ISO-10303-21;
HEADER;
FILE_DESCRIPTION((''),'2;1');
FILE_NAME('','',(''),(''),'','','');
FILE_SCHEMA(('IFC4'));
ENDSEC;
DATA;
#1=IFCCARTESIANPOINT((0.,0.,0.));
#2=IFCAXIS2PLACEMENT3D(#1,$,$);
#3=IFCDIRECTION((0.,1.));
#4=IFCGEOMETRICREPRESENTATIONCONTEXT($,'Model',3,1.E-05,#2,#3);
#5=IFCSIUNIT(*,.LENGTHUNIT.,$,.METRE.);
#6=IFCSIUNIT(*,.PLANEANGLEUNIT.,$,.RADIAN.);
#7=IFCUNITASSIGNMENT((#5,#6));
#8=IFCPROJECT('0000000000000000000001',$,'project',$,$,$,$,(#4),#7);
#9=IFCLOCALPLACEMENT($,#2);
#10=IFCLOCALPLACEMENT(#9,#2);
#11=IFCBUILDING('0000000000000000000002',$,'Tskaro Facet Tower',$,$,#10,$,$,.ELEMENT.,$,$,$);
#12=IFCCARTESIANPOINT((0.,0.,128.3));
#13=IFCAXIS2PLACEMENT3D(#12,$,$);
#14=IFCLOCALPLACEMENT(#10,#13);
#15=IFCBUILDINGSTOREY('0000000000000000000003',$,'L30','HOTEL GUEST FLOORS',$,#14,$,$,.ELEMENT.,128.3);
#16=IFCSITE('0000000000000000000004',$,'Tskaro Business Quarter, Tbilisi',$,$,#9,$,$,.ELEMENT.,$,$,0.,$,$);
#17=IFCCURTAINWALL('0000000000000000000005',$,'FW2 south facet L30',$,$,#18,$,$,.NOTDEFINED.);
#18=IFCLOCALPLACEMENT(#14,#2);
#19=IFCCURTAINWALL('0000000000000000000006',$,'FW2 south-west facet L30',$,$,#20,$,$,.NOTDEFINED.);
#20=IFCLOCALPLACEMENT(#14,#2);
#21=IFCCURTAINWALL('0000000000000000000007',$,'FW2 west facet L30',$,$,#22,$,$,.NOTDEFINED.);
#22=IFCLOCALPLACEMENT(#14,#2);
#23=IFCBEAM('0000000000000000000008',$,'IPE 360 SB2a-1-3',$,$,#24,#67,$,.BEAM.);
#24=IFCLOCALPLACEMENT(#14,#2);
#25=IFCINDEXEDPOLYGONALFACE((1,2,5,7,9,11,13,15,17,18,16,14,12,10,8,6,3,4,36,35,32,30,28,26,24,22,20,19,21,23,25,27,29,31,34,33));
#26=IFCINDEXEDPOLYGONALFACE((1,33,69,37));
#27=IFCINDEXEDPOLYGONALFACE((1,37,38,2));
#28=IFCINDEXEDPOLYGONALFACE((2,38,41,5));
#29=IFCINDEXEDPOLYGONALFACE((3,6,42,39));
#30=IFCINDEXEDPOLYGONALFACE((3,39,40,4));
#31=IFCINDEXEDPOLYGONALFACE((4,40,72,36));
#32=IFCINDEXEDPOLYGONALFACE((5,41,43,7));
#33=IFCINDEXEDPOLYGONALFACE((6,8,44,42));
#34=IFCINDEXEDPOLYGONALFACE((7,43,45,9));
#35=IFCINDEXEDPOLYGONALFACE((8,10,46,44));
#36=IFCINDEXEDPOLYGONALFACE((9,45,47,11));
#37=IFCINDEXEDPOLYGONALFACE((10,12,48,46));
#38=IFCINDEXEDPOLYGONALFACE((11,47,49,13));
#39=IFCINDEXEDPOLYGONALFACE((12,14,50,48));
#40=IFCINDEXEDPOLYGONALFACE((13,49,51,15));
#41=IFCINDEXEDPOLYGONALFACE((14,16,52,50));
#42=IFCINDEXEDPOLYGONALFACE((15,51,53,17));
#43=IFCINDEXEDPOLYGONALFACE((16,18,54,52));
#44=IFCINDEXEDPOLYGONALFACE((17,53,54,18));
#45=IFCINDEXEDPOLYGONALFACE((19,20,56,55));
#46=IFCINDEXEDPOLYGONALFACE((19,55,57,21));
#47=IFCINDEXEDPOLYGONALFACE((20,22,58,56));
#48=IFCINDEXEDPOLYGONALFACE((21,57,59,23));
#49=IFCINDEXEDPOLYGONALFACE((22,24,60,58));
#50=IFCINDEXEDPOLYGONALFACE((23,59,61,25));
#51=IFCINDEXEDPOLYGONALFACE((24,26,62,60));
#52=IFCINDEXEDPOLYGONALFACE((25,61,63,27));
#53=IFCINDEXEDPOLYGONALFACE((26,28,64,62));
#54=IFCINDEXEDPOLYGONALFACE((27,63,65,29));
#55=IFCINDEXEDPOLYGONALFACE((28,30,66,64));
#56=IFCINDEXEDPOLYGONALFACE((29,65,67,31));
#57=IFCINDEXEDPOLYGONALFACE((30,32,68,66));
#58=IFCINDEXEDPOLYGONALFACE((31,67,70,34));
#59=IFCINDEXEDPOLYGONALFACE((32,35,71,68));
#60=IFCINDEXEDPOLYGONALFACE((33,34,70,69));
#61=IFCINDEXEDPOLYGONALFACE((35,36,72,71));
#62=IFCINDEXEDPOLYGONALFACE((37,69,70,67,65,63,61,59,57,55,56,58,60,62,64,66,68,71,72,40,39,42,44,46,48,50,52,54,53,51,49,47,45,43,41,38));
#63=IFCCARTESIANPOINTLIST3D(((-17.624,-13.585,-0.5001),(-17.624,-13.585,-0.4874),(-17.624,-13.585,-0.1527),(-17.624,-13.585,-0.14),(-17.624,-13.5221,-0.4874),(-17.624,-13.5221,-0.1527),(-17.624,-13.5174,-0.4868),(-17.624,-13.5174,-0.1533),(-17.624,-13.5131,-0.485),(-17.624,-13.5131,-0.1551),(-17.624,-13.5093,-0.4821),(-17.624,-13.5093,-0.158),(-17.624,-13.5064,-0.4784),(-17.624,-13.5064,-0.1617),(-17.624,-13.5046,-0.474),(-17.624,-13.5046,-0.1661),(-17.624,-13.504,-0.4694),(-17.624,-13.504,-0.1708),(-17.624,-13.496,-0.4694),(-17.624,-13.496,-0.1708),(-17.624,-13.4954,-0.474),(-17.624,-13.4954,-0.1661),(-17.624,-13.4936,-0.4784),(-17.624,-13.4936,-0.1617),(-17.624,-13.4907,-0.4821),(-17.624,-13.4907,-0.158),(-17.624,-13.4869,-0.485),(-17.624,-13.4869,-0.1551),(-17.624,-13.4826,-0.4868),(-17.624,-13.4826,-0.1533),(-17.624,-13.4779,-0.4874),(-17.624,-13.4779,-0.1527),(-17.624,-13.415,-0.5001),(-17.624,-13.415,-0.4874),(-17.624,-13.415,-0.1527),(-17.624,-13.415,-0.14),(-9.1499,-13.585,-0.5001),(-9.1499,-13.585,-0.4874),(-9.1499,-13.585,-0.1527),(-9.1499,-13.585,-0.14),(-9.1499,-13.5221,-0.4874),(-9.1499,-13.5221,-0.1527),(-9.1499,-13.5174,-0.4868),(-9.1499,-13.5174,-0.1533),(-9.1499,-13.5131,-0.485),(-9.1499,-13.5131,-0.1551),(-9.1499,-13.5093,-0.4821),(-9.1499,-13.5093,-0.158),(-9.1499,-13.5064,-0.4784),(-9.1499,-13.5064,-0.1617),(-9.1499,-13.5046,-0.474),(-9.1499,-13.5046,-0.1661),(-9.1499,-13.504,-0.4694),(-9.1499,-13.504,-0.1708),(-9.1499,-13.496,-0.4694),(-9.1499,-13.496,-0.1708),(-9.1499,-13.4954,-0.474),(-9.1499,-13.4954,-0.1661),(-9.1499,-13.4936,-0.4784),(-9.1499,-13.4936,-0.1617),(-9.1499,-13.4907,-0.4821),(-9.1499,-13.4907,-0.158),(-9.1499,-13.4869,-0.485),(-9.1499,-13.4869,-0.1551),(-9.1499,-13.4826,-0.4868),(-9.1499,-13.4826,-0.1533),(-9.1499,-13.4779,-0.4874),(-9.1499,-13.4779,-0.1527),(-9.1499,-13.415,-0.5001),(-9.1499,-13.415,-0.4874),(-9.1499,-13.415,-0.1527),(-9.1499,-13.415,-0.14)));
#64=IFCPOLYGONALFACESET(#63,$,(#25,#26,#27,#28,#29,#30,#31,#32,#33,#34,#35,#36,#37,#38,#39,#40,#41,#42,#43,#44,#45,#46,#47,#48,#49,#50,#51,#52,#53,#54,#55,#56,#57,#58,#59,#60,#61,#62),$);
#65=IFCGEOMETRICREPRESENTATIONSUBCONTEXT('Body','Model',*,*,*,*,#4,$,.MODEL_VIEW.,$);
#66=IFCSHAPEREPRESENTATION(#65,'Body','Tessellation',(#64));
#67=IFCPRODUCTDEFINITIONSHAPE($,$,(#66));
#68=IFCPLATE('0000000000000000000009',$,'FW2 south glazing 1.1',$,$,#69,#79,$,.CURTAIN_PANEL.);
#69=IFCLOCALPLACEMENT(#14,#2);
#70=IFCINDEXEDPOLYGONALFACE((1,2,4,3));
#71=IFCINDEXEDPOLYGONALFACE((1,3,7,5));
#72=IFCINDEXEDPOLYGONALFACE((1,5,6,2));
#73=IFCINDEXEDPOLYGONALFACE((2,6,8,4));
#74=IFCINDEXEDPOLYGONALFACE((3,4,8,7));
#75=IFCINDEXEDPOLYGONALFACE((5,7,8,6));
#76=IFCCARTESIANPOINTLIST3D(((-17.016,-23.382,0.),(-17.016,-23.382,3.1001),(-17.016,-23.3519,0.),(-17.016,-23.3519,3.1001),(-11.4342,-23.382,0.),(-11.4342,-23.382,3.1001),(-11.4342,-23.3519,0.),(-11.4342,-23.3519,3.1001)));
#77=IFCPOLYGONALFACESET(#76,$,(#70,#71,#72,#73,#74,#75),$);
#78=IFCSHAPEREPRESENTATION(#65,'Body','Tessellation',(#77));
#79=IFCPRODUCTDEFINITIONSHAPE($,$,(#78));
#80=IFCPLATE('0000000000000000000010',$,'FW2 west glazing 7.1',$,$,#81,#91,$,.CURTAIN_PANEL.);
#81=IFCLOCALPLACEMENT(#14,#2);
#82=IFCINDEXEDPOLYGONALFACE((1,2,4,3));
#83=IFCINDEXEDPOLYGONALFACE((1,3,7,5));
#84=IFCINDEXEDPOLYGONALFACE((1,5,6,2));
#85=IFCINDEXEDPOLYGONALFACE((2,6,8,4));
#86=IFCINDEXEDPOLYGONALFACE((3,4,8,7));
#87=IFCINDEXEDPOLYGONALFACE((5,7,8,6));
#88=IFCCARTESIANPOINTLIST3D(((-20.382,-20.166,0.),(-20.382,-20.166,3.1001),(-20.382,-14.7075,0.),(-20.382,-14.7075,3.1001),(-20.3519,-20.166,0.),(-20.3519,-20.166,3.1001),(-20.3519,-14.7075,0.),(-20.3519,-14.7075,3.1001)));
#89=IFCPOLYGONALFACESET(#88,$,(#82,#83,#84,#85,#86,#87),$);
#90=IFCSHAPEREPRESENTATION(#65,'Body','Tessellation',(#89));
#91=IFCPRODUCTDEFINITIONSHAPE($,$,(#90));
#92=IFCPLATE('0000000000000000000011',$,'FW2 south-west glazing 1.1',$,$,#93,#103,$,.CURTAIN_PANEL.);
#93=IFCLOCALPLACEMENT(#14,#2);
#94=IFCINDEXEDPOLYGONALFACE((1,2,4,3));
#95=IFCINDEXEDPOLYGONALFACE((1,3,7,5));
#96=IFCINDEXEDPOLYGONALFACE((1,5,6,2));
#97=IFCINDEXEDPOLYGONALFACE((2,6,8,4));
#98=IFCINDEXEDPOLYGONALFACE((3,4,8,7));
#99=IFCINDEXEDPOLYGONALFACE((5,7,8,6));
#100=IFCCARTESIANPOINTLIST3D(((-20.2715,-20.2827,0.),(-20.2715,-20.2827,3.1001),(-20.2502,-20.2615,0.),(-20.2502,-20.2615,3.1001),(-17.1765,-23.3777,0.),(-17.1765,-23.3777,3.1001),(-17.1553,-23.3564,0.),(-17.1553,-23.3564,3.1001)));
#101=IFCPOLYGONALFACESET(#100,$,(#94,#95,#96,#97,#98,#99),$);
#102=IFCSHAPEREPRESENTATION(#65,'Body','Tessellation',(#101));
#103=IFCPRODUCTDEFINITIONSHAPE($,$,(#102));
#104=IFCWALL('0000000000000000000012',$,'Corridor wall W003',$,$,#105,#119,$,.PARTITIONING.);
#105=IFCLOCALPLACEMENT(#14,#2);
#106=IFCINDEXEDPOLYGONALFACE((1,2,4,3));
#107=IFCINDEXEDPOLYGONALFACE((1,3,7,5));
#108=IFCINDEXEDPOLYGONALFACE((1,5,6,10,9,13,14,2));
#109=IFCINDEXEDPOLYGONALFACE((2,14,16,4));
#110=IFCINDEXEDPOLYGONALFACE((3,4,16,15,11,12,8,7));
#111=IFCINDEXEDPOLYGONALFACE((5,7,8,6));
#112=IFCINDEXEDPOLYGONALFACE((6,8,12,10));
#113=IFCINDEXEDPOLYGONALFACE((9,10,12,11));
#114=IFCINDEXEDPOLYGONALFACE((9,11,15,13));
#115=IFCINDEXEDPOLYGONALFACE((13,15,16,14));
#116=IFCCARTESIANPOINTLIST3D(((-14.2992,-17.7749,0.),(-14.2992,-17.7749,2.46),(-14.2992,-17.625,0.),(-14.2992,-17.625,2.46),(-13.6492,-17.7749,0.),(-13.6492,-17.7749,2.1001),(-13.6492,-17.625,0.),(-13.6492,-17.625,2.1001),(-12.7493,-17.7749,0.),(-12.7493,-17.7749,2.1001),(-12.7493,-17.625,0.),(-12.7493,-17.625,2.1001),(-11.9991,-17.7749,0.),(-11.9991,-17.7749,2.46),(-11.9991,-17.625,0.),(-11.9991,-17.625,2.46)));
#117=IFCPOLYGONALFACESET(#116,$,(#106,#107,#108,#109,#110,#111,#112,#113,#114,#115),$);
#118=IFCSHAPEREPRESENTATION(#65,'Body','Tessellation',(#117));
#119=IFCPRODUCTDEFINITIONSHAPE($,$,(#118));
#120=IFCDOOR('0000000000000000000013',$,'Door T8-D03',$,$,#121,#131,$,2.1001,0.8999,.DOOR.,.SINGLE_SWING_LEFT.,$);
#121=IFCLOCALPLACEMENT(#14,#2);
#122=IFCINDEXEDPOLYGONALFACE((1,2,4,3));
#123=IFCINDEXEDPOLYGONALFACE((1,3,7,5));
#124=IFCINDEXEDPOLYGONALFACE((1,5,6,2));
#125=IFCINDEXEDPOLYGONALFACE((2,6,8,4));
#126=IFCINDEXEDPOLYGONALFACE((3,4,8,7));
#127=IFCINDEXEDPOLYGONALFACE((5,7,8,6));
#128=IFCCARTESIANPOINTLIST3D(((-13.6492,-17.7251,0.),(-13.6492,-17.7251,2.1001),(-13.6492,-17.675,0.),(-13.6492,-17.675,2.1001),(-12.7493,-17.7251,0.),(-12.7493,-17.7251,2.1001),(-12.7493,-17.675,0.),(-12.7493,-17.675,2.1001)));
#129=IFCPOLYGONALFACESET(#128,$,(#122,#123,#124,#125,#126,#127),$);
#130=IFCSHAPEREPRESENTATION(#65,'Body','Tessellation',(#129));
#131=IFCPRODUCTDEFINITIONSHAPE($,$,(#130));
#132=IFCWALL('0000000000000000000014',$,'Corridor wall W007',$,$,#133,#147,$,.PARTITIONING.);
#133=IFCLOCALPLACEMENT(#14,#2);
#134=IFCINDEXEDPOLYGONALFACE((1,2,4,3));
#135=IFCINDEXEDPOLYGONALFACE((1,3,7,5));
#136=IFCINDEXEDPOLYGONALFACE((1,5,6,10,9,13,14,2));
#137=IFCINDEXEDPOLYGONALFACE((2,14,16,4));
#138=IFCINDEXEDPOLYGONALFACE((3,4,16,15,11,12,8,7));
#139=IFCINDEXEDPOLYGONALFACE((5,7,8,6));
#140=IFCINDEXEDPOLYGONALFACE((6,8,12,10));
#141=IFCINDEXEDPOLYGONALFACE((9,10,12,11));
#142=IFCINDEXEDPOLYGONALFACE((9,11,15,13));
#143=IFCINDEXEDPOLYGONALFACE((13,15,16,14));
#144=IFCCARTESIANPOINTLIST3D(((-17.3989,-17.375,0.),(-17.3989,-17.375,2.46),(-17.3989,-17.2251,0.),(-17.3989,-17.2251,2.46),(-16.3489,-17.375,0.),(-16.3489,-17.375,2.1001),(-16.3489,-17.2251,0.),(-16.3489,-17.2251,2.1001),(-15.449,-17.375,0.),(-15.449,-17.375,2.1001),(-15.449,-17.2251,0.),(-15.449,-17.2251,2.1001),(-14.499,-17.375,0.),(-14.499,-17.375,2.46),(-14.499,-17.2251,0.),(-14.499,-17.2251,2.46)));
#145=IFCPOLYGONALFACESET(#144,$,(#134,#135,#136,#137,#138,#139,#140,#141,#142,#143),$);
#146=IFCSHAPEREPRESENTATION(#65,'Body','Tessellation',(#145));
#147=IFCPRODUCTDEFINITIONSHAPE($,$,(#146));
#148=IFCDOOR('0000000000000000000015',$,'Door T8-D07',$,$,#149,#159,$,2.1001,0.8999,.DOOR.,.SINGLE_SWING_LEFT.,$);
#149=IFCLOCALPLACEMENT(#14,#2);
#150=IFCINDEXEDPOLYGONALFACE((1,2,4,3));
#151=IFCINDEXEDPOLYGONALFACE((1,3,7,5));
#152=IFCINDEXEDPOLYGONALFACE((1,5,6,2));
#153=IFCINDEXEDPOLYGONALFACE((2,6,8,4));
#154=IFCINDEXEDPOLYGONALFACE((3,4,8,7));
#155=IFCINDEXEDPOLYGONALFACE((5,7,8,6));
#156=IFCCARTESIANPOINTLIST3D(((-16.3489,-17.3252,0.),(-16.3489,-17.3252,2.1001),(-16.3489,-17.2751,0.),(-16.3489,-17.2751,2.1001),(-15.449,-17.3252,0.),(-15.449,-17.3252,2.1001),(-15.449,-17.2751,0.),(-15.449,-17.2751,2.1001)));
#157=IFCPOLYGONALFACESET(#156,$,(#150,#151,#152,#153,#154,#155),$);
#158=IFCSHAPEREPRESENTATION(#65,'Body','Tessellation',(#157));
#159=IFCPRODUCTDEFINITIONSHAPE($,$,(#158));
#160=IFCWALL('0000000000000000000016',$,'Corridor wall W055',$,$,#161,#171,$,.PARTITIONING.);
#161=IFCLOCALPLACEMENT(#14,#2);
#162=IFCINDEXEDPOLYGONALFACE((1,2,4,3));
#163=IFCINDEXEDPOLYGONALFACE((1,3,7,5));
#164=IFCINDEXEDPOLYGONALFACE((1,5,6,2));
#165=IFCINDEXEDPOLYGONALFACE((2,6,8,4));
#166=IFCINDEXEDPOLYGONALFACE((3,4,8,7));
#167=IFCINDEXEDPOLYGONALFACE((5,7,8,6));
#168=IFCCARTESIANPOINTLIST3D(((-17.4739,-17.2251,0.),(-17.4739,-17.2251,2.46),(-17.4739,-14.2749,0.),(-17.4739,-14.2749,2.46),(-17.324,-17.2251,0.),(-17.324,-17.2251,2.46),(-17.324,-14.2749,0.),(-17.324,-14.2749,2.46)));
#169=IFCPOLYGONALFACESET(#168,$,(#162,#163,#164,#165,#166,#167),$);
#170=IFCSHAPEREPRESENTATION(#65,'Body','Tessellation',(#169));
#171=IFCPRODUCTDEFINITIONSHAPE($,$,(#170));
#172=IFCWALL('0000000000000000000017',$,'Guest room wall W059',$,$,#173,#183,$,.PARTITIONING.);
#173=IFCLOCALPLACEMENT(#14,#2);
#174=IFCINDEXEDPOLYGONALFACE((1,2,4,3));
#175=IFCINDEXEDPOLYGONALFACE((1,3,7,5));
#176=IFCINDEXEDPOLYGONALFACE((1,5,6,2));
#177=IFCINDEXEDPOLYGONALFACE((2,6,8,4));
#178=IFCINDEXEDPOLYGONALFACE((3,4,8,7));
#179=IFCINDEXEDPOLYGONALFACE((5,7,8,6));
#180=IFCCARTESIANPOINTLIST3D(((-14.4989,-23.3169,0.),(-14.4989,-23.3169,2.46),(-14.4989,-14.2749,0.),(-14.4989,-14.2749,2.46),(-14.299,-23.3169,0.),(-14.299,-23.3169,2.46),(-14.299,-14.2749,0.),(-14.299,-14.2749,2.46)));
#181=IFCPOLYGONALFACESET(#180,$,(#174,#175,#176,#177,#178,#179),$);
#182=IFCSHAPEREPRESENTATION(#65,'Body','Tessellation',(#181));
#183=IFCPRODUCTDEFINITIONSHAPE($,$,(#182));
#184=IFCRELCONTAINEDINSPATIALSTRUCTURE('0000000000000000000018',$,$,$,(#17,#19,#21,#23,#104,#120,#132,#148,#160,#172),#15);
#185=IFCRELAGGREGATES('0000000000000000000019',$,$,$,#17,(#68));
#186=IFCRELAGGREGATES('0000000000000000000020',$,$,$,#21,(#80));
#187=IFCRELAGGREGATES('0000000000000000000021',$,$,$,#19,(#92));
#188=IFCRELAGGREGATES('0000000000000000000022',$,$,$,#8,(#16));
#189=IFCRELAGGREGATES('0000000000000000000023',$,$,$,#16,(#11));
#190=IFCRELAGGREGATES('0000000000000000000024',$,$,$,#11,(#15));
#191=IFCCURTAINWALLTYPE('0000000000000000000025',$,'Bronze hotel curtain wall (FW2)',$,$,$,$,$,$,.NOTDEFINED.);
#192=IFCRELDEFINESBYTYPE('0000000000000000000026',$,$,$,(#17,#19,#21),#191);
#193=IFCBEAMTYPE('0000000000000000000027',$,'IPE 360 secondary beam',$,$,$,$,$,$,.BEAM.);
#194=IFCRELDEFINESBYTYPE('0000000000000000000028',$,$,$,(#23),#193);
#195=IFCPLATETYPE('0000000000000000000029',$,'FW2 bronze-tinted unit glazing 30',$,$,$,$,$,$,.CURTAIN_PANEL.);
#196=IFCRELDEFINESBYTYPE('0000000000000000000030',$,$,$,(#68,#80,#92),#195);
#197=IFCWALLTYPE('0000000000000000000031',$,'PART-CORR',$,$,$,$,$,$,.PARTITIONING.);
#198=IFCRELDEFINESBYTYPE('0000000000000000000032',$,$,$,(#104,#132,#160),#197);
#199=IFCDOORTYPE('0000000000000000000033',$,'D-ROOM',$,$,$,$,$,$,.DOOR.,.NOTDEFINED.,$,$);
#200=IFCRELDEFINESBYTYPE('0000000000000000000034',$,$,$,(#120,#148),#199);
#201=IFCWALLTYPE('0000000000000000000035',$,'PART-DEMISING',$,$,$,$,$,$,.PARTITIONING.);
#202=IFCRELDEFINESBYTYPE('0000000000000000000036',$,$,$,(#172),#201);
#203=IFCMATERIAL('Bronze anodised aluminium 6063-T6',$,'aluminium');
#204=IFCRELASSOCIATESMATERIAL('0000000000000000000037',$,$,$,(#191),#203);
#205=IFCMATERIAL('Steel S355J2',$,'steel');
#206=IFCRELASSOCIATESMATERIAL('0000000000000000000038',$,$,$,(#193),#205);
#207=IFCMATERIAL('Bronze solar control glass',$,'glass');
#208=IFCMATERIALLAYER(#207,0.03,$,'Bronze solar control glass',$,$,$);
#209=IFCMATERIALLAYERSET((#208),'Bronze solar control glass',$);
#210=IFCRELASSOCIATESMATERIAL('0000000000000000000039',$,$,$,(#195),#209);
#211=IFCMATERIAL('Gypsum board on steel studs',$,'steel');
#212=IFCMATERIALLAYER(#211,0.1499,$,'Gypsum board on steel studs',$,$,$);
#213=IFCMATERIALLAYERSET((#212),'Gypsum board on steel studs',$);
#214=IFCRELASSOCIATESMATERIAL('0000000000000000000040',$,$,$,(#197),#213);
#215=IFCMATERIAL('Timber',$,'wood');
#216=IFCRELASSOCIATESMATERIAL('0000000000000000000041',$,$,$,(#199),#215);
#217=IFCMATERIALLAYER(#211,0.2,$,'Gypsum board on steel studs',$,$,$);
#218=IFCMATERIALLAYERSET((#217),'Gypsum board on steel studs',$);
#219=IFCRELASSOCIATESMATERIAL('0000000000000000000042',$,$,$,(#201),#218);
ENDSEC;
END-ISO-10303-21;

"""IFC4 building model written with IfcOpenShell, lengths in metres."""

from ifc_helpers import new_model, si_unit, direction, frame, frame_2d, origin, origin_2d, place, context, subcontext, project, spatial, rectangle, i_section, extrude, material, layer, layer_set, material_profile, profile_set, type_object, element, fill, aggregate, save


model = new_model("IFC4")

# Units and contexts
model_context = context("Model", 3, precision=1e-05, world=origin(), true_north=direction((0.0, 1.0)))
body_context = subcontext(model_context, "Body", "Model", "MODEL_VIEW")
ifc_project = project(units=[si_unit("LENGTHUNIT", "METRE"), si_unit("PLANEANGLEUNIT", "RADIAN")], contexts=[model_context])

# Site, building, storey
site_placement = place(None, origin())
site = spatial("IfcSite", under=ifc_project, at=site_placement, Name="Tskaro Business Quarter, Tbilisi", CompositionType="ELEMENT", RefElevation=0.0)
building_placement = place(site_placement, origin())
building = spatial("IfcBuilding", under=site, at=building_placement, Name="Tskaro Facet Tower", CompositionType="ELEMENT")
storey_placement = place(building_placement, frame((0.0, 0.0, 128.3)))
storey = spatial("IfcBuildingStorey", under=building, at=storey_placement, Name="L30", Description="HOTEL GUEST FLOORS", CompositionType="ELEMENT", Elevation=128.3)

# Curtain walls
ifc_material_1 = material(Name="Bronze anodised aluminium 6063-T6", Category="aluminium")
curtain_wall_type = type_object("IfcCurtainWallType", Name="Bronze hotel curtain wall (FW2)", PredefinedType="NOTDEFINED", material=ifc_material_1)
curtain_wall_1_placement = place(storey_placement, origin())
curtain_wall_1 = element("IfcCurtainWall", 1, at=curtain_wall_1_placement, inside=storey, type_object=curtain_wall_type, Name="FW2 south facet L30", PredefinedType="NOTDEFINED")
curtain_wall_2_placement = place(storey_placement, origin())
curtain_wall_2 = element("IfcCurtainWall", 2, at=curtain_wall_2_placement, inside=storey, type_object=curtain_wall_type, Name="FW2 south-west facet L30", PredefinedType="NOTDEFINED")
curtain_wall_3_placement = place(storey_placement, origin())
curtain_wall_3 = element("IfcCurtainWall", 3, at=curtain_wall_3_placement, inside=storey, type_object=curtain_wall_type, Name="FW2 west facet L30", PredefinedType="NOTDEFINED")

# Beam
ifc_material_2 = material(Name="Steel S355J2", Category="steel")
ifc_material_profile_1 = material_profile(ifc_material_2, i_section(OverallWidth=0.1699, OverallDepth=0.3601, WebThickness=0.0081, FlangeThickness=0.0127, FilletRadius=0.0181, at=origin_2d()), Name="IPE 360")
ifc_profile_set_1 = profile_set([ifc_material_profile_1], Name="Steel S355J2")
beam_type_1 = type_object("IfcBeamType", Name="IPE 360 secondary beam", PredefinedType="BEAM", material=ifc_profile_set_1)
beam_1_placement = place(storey_placement, frame((-17.624, -13.5, -0.3201), z_axis=(1.0, 0.0, 0.0), x_axis=(0.0, 1.0, 0.0)))
element("IfcBeam", 4, at=beam_1_placement, inside=storey, type_object=beam_type_1, Name="IPE 360 SB2a-1-3", PredefinedType="BEAM", context=body_context, shape_type="SweptSolid", body=[
    extrude(i_section(OverallWidth=0.1699, OverallDepth=0.3601, WebThickness=0.0081, FlangeThickness=0.0127, FilletRadius=0.0181, at=origin_2d()), origin(), (0.0, 0.0, 1.0), 8.4741),
])

# Plates
ifc_material_3 = material(Name="Bronze solar control glass", Category="glass")
ifc_layer_1 = layer(ifc_material_3, 0.03, Name="Bronze solar control glass")
ifc_layer_set_1 = layer_set([ifc_layer_1], Name="Bronze solar control glass")
plate_type = type_object("IfcPlateType", Name="FW2 bronze-tinted unit glazing 30", PredefinedType="CURTAIN_PANEL", material=ifc_layer_set_1)
plate_1_placement = place(storey_placement, frame((-14.2251, -23.3669, 0.0), z_axis=(0.0, 0.0, 1.0), x_axis=(1.0, 0.0, 0.0)))
plate_1 = element("IfcPlate", 5, at=plate_1_placement, type_object=plate_type, Name="FW2 south glazing 1.1", PredefinedType="CURTAIN_PANEL", context=body_context, shape_type="SweptSolid", body=[
    extrude(rectangle(XDim=5.5818, YDim=0.03, at=origin_2d()), origin(), (0.0, 0.0, 1.0), 3.1001),
])
aggregate(curtain_wall_1, [plate_1])
plate_2_placement = place(storey_placement, frame((-20.3669, -17.4368, 0.0), z_axis=(0.0, 0.0, 1.0), x_axis=(0.0, -1.0, 0.0)))
plate_2 = element("IfcPlate", 6, at=plate_2_placement, type_object=plate_type, Name="FW2 west glazing 7.1", PredefinedType="CURTAIN_PANEL", context=body_context, shape_type="SweptSolid", body=[
    extrude(rectangle(XDim=5.4585, YDim=0.03, at=origin_2d()), origin(), (0.0, 0.0, 1.0), 3.1001),
])
aggregate(curtain_wall_3, [plate_2])
plate_3_placement = place(storey_placement, frame((-18.7134, -21.8196, 0.0), z_axis=(0.0, 0.0, 1.0), x_axis=(0.707107, -0.707107, 0.0)))
plate_3 = element("IfcPlate", 7, at=plate_3_placement, type_object=plate_type, Name="FW2 south-west glazing 1.1", PredefinedType="CURTAIN_PANEL", context=body_context, shape_type="SweptSolid", body=[
    extrude(rectangle(XDim=4.377, YDim=0.03, at=origin_2d()), origin(), (0.0, 0.0, 1.0), 3.1001),
])
aggregate(curtain_wall_2, [plate_3])

# Walls, openings, doors
ifc_material_4 = material(Name="Gypsum board on steel studs", Category="steel")
ifc_layer_2 = layer(ifc_material_4, 0.1499, Name="Gypsum board on steel studs")
ifc_layer_set_2 = layer_set([ifc_layer_2], Name="Gypsum board on steel studs")
wall_type_1 = type_object("IfcWallType", Name="PART-CORR", PredefinedType="PARTITIONING", material=ifc_layer_set_2)
wall_1_placement = place(storey_placement, frame((-14.2991, -17.7, 0.0), z_axis=(0.0, 0.0, 1.0), x_axis=(1.0, 0.0, 0.0)))
wall_1 = element("IfcWall", 8, at=wall_1_placement, inside=storey, type_object=wall_type_1, Name="Corridor wall W003", PredefinedType="PARTITIONING", context=body_context, shape_type="SweptSolid", body=[
    extrude(rectangle(XDim=2.3, YDim=0.1499, at=frame_2d((1.1499, 0.0))), origin(), (0.0, 0.0, 1.0), 2.46),
])
opening_1_placement = place(wall_1_placement, frame((0.6499, 0.0, 0.0)))
opening_1 = element("IfcOpeningElement", 9, at=opening_1_placement, cuts=wall_1, PredefinedType="OPENING", context=body_context, shape_type="SweptSolid", body=[
    extrude(rectangle(XDim=0.8999, YDim=2.1001, at=frame_2d((0.45, 1.05))), frame((0.0, 0.085, 0.0), z_axis=(0.0, -1.0, 0.0), x_axis=(1.0, 0.0, 0.0)), (0.0, 0.0, 1.0), 0.1699),
])
ifc_material_5 = material(Name="Timber", Category="wood")
door_type = type_object("IfcDoorType", Name="D-ROOM", OperationType="NOTDEFINED", PredefinedType="DOOR", material=ifc_material_5)
door_1_placement = place(opening_1_placement, origin())
door_1 = element("IfcDoor", 10, at=door_1_placement, inside=storey, type_object=door_type, Name="Door T8-D03", OperationType="SINGLE_SWING_LEFT", OverallHeight=2.1001, OverallWidth=0.8999, PredefinedType="DOOR", context=body_context, shape_type="SweptSolid", body=[
    extrude(rectangle(XDim=0.8999, YDim=2.1001, at=frame_2d((0.45, 1.05))), frame((0.0, 0.0249, 0.0), z_axis=(0.0, -1.0, 0.0), x_axis=(1.0, 0.0, 0.0)), (0.0, 0.0, 1.0), 0.05),
])
fill(opening_1, door_1)
wall_2_placement = place(storey_placement, frame((-17.3989, -17.3, 0.0), z_axis=(0.0, 0.0, 1.0), x_axis=(1.0, 0.0, 0.0)))
wall_2 = element("IfcWall", 11, at=wall_2_placement, inside=storey, type_object=wall_type_1, Name="Corridor wall W007", PredefinedType="PARTITIONING", context=body_context, shape_type="SweptSolid", body=[
    extrude(rectangle(XDim=2.8999, YDim=0.1499, at=frame_2d((1.45, 0.0))), origin(), (0.0, 0.0, 1.0), 2.46),
])
opening_2_placement = place(wall_2_placement, frame((1.05, 0.0, 0.0)))
opening_2 = element("IfcOpeningElement", 12, at=opening_2_placement, cuts=wall_2, PredefinedType="OPENING", context=body_context, shape_type="SweptSolid", body=[
    extrude(rectangle(XDim=0.8999, YDim=2.1001, at=frame_2d((0.45, 1.05))), frame((0.0, 0.085, 0.0), z_axis=(0.0, -1.0, 0.0), x_axis=(1.0, 0.0, 0.0)), (0.0, 0.0, 1.0), 0.1699),
])
door_2_placement = place(opening_2_placement, origin())
door_2 = element("IfcDoor", 13, at=door_2_placement, inside=storey, type_object=door_type, Name="Door T8-D07", OperationType="SINGLE_SWING_LEFT", OverallHeight=2.1001, OverallWidth=0.8999, PredefinedType="DOOR", context=body_context, shape_type="SweptSolid", body=[
    extrude(rectangle(XDim=0.8999, YDim=2.1001, at=frame_2d((0.45, 1.05))), frame((0.0, 0.0249, 0.0), z_axis=(0.0, -1.0, 0.0), x_axis=(1.0, 0.0, 0.0)), (0.0, 0.0, 1.0), 0.05),
])
fill(opening_2, door_2)

# Walls
wall_3_placement = place(storey_placement, frame((-17.3989, -17.2251, 0.0), z_axis=(0.0, 0.0, 1.0), x_axis=(0.0, 1.0, 0.0)))
element("IfcWall", 14, at=wall_3_placement, inside=storey, type_object=wall_type_1, Name="Corridor wall W055", PredefinedType="PARTITIONING", context=body_context, shape_type="SweptSolid", body=[
    extrude(rectangle(XDim=2.9502, YDim=0.1499, at=frame_2d((1.4751, 0.0))), origin(), (0.0, 0.0, 1.0), 2.46),
])
ifc_layer_3 = layer(ifc_material_4, 0.2, Name="Gypsum board on steel studs")
ifc_layer_set_3 = layer_set([ifc_layer_3], Name="Gypsum board on steel studs")
wall_type_2 = type_object("IfcWallType", Name="PART-DEMISING", PredefinedType="PARTITIONING", material=ifc_layer_set_3)
wall_4_placement = place(storey_placement, frame((-14.3989, -23.3169, 0.0), z_axis=(0.0, 0.0, 1.0), x_axis=(0.0, 1.0, 0.0)))
element("IfcWall", 15, at=wall_4_placement, inside=storey, type_object=wall_type_2, Name="Guest room wall W059", PredefinedType="PARTITIONING", context=body_context, shape_type="SweptSolid", body=[
    extrude(rectangle(XDim=9.042, YDim=0.2, at=frame_2d((4.521, 0.0))), origin(), (0.0, 0.0, 1.0), 2.46),
])

save(model, "model.ifc")
